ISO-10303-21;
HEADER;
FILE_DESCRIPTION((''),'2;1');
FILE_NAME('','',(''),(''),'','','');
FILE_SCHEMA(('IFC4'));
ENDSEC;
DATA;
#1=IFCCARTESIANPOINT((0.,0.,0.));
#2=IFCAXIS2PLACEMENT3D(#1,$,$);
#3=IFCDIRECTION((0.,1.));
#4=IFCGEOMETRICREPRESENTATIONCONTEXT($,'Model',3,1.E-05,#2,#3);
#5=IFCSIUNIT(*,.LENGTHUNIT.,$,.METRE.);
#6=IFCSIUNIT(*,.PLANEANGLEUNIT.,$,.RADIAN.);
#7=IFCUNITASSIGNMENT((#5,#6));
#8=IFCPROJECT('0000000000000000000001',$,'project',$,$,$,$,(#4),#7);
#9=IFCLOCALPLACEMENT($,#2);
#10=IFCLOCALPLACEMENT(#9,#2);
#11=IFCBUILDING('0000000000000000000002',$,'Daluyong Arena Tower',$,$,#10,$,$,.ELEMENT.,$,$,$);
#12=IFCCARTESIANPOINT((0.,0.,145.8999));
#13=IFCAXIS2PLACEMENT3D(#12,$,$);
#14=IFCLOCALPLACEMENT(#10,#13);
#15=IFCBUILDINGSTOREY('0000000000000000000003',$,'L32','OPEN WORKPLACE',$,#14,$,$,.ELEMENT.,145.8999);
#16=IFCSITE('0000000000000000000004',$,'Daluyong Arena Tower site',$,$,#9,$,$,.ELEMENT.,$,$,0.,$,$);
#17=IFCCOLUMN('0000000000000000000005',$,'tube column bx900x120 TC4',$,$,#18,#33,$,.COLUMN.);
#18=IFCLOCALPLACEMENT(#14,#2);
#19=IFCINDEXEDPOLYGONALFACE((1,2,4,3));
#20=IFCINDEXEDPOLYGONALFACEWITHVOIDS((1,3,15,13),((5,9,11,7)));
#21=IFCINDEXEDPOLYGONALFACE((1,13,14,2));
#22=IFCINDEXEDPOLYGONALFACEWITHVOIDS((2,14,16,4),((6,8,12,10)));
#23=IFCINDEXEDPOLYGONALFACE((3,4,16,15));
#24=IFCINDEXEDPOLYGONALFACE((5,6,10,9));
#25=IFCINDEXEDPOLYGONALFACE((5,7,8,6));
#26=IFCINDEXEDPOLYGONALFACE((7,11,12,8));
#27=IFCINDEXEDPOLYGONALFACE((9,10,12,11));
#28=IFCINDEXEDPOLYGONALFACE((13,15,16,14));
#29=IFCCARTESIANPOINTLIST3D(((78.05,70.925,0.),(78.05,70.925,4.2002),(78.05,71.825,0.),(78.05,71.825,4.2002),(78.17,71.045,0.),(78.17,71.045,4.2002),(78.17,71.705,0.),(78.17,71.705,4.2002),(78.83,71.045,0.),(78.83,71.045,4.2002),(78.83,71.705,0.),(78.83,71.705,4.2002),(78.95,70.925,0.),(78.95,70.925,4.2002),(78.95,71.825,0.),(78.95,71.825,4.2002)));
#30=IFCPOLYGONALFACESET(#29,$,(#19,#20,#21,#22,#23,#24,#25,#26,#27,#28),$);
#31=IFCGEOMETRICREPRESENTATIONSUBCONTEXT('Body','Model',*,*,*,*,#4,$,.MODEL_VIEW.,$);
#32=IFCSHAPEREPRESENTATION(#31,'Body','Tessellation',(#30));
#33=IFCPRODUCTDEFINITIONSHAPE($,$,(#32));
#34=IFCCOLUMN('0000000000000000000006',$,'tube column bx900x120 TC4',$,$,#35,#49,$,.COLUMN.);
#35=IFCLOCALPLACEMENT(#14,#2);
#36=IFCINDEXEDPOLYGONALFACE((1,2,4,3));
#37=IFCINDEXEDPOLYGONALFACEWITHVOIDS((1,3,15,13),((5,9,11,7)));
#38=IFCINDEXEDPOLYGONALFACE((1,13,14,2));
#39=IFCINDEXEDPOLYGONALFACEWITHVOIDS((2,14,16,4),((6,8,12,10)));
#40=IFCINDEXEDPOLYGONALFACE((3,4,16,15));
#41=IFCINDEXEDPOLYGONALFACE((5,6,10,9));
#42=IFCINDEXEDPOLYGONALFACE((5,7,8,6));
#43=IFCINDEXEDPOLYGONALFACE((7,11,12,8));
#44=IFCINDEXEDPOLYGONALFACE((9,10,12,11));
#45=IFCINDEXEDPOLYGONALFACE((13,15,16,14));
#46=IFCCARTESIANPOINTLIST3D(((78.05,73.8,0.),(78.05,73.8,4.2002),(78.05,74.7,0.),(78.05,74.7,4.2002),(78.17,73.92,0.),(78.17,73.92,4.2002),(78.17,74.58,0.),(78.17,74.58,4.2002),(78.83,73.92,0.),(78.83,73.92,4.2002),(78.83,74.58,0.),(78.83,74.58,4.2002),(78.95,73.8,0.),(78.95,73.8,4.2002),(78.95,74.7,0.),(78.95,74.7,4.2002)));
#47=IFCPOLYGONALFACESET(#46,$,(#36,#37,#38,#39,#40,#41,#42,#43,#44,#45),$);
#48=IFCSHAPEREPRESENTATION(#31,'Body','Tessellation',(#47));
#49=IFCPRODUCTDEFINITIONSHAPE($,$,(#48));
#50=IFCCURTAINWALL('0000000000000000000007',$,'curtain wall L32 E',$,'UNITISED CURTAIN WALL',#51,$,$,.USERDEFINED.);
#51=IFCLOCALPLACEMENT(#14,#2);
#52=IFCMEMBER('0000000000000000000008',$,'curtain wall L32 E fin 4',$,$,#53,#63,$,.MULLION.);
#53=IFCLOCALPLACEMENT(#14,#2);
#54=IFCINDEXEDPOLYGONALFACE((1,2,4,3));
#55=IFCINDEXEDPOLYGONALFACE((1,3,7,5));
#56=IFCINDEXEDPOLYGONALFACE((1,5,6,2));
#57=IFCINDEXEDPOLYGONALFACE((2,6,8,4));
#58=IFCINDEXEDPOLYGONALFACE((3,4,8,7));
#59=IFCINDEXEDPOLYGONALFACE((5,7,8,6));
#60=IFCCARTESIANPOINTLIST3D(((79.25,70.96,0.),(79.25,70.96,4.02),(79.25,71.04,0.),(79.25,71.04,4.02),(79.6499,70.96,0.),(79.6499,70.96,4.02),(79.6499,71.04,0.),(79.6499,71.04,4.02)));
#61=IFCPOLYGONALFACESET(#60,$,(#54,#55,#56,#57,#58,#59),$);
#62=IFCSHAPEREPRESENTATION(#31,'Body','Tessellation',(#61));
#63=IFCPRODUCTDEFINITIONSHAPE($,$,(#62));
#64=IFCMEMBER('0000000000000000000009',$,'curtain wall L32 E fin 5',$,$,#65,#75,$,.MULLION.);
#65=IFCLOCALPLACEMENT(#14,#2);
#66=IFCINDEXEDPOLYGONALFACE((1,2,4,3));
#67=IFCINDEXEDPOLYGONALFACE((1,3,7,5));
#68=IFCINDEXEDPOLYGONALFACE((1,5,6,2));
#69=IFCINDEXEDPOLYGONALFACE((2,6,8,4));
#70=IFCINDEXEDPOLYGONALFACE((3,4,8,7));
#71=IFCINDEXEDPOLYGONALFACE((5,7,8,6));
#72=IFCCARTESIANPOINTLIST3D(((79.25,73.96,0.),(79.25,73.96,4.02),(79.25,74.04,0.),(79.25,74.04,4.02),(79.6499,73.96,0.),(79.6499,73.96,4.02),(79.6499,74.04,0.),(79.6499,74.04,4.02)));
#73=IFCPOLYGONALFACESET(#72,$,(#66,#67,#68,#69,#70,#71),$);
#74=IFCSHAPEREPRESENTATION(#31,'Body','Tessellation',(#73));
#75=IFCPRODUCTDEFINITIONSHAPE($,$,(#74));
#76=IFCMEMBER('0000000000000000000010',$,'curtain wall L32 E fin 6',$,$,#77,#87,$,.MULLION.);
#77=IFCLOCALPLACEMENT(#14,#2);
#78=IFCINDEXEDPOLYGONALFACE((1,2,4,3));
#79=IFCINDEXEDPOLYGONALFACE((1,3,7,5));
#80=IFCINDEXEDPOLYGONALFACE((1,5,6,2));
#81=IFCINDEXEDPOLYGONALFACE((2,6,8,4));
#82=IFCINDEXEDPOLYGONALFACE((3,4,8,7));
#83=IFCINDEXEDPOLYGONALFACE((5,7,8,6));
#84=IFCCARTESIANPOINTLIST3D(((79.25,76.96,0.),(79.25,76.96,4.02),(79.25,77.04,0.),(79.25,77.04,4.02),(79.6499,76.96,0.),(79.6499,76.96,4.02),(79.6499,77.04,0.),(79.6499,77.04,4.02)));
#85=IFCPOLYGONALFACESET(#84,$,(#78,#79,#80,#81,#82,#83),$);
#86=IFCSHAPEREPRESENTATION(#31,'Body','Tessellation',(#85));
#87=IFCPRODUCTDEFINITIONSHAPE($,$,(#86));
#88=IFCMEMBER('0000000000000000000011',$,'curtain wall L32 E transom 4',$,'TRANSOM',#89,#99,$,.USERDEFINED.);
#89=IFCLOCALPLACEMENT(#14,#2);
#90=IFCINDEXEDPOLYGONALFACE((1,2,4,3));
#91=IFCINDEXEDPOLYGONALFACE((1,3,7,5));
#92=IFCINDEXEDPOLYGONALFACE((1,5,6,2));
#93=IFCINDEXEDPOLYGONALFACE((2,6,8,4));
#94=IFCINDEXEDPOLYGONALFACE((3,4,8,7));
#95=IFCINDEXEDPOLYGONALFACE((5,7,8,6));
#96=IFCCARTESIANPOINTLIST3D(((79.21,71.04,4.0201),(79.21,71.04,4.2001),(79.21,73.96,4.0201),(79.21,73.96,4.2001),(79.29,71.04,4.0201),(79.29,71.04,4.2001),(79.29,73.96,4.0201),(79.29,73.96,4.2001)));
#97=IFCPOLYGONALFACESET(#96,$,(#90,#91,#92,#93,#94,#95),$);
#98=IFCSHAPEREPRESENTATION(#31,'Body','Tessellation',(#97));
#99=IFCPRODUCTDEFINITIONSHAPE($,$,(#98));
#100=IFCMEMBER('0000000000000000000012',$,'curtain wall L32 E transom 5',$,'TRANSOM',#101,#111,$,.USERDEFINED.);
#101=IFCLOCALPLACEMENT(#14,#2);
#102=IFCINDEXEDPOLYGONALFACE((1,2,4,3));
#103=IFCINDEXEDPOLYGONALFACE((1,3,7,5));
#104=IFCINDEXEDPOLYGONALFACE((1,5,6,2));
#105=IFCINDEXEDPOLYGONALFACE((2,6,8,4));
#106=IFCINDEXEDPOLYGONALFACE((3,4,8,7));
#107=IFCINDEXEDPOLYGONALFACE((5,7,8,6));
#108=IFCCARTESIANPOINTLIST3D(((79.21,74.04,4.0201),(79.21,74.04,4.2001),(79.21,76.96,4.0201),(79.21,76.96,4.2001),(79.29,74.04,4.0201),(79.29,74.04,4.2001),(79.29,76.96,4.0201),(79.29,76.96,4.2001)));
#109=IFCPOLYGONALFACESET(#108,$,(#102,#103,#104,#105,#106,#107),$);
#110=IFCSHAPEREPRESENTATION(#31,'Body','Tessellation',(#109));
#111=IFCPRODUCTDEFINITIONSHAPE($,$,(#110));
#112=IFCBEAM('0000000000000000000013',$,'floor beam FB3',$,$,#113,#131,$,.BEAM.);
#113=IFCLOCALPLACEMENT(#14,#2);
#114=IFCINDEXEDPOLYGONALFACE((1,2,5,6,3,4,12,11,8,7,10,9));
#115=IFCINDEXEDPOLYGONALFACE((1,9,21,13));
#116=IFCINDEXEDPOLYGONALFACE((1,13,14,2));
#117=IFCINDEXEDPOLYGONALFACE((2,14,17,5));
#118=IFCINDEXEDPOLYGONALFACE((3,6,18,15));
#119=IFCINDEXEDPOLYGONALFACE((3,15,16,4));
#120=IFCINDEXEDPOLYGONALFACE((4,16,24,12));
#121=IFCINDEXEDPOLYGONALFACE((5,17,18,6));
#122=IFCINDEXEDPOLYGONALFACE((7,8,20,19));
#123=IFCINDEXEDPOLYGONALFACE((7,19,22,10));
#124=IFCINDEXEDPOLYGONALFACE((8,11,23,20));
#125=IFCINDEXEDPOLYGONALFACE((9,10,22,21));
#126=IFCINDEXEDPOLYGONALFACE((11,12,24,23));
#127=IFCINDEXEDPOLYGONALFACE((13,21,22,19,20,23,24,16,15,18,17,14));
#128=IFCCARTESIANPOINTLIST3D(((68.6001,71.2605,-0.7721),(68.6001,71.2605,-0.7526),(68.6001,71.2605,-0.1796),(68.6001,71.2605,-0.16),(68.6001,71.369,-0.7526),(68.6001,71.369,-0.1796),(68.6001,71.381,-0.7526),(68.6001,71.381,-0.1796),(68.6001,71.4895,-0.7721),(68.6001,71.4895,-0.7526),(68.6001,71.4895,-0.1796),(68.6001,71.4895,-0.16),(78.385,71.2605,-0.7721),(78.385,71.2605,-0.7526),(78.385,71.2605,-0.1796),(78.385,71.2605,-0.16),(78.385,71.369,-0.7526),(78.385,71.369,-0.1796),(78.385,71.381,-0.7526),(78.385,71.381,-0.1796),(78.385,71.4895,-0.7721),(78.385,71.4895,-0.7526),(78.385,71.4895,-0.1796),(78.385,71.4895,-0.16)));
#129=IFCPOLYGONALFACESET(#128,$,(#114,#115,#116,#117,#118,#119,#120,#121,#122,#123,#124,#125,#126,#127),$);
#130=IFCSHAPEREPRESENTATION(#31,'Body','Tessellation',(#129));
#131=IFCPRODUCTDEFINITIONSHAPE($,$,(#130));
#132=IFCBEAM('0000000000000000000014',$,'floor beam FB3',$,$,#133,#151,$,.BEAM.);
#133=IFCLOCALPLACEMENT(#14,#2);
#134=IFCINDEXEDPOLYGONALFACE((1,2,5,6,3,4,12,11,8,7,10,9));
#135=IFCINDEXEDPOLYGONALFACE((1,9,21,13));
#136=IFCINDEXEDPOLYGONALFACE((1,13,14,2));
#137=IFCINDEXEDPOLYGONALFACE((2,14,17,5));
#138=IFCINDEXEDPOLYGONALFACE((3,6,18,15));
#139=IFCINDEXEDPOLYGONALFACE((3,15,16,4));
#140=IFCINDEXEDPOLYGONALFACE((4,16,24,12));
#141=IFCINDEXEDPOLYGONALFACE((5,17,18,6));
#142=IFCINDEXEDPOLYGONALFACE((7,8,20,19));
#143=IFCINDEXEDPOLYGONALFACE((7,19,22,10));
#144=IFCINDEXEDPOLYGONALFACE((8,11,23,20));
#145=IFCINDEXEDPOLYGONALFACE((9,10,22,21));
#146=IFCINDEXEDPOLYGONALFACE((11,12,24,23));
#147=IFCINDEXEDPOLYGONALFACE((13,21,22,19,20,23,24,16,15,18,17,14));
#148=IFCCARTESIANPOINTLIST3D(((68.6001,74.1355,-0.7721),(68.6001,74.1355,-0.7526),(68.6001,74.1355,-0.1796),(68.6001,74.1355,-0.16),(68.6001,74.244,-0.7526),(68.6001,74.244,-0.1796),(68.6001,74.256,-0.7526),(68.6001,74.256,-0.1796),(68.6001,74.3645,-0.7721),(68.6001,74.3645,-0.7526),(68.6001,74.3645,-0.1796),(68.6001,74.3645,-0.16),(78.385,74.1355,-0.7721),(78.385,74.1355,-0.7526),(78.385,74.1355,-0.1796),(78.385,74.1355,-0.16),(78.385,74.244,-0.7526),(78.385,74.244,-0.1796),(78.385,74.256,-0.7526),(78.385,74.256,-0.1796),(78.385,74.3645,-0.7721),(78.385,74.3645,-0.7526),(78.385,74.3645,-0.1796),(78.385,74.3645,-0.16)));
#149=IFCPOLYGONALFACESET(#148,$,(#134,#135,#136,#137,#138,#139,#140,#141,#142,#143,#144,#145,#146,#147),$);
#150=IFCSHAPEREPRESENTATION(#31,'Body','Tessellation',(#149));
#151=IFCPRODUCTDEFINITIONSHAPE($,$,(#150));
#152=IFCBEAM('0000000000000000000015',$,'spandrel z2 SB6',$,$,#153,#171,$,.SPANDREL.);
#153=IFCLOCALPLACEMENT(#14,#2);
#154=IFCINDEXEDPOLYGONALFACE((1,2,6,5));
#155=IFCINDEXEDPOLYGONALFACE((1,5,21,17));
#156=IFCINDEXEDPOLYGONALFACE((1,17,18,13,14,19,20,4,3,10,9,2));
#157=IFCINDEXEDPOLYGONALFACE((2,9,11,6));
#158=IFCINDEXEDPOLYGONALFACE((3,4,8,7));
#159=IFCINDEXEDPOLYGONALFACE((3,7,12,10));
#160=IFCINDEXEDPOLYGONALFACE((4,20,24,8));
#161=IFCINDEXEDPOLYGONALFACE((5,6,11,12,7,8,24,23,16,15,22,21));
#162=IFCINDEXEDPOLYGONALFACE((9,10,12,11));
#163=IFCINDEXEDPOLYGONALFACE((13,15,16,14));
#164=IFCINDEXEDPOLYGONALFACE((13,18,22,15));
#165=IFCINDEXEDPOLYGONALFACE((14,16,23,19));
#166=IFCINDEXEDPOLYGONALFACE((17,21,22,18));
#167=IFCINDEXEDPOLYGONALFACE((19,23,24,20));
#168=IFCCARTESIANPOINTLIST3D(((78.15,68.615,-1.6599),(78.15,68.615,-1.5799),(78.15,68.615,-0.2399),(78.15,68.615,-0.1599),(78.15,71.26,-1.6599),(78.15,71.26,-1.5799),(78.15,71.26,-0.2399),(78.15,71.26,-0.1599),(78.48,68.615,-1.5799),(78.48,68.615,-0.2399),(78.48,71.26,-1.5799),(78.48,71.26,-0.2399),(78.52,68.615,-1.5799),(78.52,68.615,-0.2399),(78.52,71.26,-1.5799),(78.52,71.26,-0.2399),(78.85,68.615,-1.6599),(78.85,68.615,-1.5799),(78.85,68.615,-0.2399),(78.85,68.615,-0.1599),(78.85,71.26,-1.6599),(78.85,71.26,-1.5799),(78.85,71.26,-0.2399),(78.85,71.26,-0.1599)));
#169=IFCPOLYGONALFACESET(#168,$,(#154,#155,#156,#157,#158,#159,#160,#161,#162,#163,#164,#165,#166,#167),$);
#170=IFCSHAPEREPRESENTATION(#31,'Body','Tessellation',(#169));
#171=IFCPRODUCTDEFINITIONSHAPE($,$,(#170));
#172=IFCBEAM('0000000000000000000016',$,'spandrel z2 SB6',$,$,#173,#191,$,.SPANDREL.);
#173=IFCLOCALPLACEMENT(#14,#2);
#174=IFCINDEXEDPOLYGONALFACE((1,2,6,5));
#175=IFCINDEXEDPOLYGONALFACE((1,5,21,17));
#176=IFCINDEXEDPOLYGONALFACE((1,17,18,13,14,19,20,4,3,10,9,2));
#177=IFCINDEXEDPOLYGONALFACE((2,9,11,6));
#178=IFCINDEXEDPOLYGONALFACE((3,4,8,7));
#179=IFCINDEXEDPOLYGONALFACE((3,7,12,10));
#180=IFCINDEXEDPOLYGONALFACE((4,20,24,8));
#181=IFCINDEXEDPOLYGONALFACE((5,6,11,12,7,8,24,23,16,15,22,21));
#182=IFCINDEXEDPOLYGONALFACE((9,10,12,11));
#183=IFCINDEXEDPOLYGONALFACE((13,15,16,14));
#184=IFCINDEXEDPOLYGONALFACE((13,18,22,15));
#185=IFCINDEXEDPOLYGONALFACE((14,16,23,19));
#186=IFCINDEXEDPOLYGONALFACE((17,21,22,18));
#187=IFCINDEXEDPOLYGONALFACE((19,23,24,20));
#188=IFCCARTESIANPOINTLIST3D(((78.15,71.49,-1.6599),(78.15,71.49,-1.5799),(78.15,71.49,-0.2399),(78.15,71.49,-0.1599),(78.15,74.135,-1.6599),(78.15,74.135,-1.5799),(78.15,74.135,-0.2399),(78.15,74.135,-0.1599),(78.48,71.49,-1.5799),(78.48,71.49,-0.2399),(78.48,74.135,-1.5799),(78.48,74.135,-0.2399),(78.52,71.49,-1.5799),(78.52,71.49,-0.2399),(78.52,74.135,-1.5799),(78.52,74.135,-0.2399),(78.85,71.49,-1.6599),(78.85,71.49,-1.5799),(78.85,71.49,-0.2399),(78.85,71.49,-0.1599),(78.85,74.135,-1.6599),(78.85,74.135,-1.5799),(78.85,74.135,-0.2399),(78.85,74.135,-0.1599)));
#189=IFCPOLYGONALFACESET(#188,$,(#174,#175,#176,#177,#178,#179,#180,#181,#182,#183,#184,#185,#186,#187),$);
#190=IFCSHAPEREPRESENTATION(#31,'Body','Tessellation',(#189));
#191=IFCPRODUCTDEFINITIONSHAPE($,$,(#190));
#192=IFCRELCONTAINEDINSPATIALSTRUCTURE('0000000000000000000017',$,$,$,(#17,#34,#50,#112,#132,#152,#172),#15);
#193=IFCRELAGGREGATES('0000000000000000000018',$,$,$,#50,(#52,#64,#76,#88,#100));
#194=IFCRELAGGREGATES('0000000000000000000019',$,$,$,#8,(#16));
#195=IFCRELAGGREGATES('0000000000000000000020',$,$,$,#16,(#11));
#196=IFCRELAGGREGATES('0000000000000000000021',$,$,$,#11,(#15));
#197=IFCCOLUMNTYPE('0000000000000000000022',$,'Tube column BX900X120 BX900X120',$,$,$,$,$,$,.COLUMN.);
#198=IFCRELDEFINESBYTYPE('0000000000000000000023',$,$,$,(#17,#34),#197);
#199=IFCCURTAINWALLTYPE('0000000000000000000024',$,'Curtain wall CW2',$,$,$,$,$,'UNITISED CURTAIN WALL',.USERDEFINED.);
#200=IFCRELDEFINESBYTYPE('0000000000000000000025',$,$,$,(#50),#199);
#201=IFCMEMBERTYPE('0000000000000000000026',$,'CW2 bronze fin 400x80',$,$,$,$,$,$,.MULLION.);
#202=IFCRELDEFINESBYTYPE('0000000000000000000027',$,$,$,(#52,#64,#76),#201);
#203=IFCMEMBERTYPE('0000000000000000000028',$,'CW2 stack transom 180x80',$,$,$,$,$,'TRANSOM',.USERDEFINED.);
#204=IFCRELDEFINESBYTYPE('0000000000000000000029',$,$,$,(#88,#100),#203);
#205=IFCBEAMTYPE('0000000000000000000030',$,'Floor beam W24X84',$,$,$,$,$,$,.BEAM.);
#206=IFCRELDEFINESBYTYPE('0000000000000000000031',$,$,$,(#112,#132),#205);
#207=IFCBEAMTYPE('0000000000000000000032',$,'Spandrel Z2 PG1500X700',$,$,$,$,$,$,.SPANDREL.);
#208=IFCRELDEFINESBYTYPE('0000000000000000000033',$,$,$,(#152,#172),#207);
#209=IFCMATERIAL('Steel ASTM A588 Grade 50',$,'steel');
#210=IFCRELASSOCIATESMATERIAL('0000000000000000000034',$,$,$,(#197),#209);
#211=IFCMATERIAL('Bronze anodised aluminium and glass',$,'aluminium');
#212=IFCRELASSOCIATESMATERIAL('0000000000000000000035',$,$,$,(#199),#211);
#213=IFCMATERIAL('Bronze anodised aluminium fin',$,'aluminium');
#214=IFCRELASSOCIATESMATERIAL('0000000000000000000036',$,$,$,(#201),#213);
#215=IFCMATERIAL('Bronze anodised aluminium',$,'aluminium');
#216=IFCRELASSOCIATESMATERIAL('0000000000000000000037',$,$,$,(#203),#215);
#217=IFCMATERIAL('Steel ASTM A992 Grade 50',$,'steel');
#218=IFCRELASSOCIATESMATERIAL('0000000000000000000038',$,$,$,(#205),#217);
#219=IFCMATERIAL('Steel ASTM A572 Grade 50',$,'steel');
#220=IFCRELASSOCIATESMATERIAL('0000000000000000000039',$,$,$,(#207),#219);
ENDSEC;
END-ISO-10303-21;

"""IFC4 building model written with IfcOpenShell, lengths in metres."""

from ifc_helpers import new_model, si_unit, direction, frame, origin, origin_2d, place, context, subcontext, project, spatial, rectangle, hollow_rectangle, i_section, extrude, material, material_profile, profile_set, type_object, element, aggregate, save


model = new_model("IFC4")

# Units and contexts
model_context = context("Model", 3, precision=1e-05, world=origin(), true_north=direction((0.0, 1.0)))
body_context = subcontext(model_context, "Body", "Model", "MODEL_VIEW")
ifc_project = project(units=[si_unit("LENGTHUNIT", "METRE"), si_unit("PLANEANGLEUNIT", "RADIAN")], contexts=[model_context])

# Site, building, storey
site_placement = place(None, origin())
site = spatial("IfcSite", under=ifc_project, at=site_placement, Name="Daluyong Arena Tower site", CompositionType="ELEMENT", RefElevation=0.0)
building_placement = place(site_placement, origin())
building = spatial("IfcBuilding", under=site, at=building_placement, Name="Daluyong Arena Tower", CompositionType="ELEMENT")
storey_placement = place(building_placement, frame((0.0, 0.0, 145.8999)))
storey = spatial("IfcBuildingStorey", under=building, at=storey_placement, Name="L32", Description="OPEN WORKPLACE", CompositionType="ELEMENT", Elevation=145.8999)

# Columns
ifc_material_1 = material(Name="Steel ASTM A588 Grade 50", Category="steel")
ifc_material_profile_1 = material_profile(ifc_material_1, hollow_rectangle(XDim=0.8999, YDim=0.8999, WallThickness=0.12, at=origin_2d()))
ifc_profile_set_1 = profile_set([ifc_material_profile_1], Name="Steel ASTM A588 Grade 50")
column_type = type_object("IfcColumnType", Name="Tube column BX900X120 BX900X120", PredefinedType="COLUMN", material=ifc_profile_set_1)
for number, where, z_axis, x_axis, name in (
    (1, (78.5, 71.375, 0.0), (0.0, 0.0, 1.0), (0.0, 1.0, 0.0), "tube column bx900x120 TC4"),
    (2, (78.5, 74.25, 0.0), (0.0, 0.0, 1.0), (0.0, 1.0, 0.0), "tube column bx900x120 TC4"),
):
    element("IfcColumn", number, at=place(storey_placement, frame(where, z_axis=z_axis, x_axis=x_axis)), inside=storey, type_object=column_type, Name=name, PredefinedType="COLUMN", context=body_context, shape_type="SweptSolid", body=[
        extrude(hollow_rectangle(XDim=0.8999, YDim=0.8999, WallThickness=0.12, at=origin_2d()), origin(), (0.0, 0.0, 1.0), 4.2002),
    ])

# Curtain wall, members
ifc_material_2 = material(Name="Bronze anodised aluminium and glass", Category="aluminium")
curtain_wall_type = type_object("IfcCurtainWallType", Name="Curtain wall CW2", ElementType="UNITISED CURTAIN WALL", PredefinedType="USERDEFINED", material=ifc_material_2)
curtain_wall_placement = place(storey_placement, origin())
curtain_wall = element("IfcCurtainWall", 3, at=curtain_wall_placement, inside=storey, type_object=curtain_wall_type, Name="curtain wall L32 E", ObjectType="UNITISED CURTAIN WALL", PredefinedType="USERDEFINED")
ifc_material_3 = material(Name="Bronze anodised aluminium fin", Category="aluminium")
ifc_material_profile_2 = material_profile(ifc_material_3, rectangle(XDim=0.3999, YDim=0.0801, at=origin_2d()))
ifc_profile_set_2 = profile_set([ifc_material_profile_2], Name="Bronze anodised aluminium fin")
member_type_1 = type_object("IfcMemberType", Name="CW2 bronze fin 400x80", PredefinedType="MULLION", material=ifc_profile_set_2)
member_1_placement = place(storey_placement, frame((79.45, 71.0, 0.0), z_axis=(0.0, 0.0, 1.0), x_axis=(-1.0, 0.0, 0.0)))
member_1 = element("IfcMember", 4, at=member_1_placement, type_object=member_type_1, Name="curtain wall L32 E fin 4", PredefinedType="MULLION", context=body_context, shape_type="SweptSolid", body=[
    extrude(rectangle(XDim=0.3999, YDim=0.0801, at=origin_2d()), origin(), (0.0, 0.0, 1.0), 4.02),
])
member_2_placement = place(storey_placement, frame((79.45, 74.0, 0.0), z_axis=(0.0, 0.0, 1.0), x_axis=(-1.0, 0.0, 0.0)))
member_2 = element("IfcMember", 5, at=member_2_placement, type_object=member_type_1, Name="curtain wall L32 E fin 5", PredefinedType="MULLION", context=body_context, shape_type="SweptSolid", body=[
    extrude(rectangle(XDim=0.3999, YDim=0.0801, at=origin_2d()), origin(), (0.0, 0.0, 1.0), 4.02),
])
member_3_placement = place(storey_placement, frame((79.45, 77.0, 0.0), z_axis=(0.0, 0.0, 1.0), x_axis=(-1.0, 0.0, 0.0)))
member_3 = element("IfcMember", 6, at=member_3_placement, type_object=member_type_1, Name="curtain wall L32 E fin 6", PredefinedType="MULLION", context=body_context, shape_type="SweptSolid", body=[
    extrude(rectangle(XDim=0.3999, YDim=0.0801, at=origin_2d()), origin(), (0.0, 0.0, 1.0), 4.02),
])
ifc_material_4 = material(Name="Bronze anodised aluminium", Category="aluminium")
ifc_material_profile_3 = material_profile(ifc_material_4, rectangle(XDim=0.0801, YDim=0.1799, at=origin_2d()))
ifc_profile_set_3 = profile_set([ifc_material_profile_3], Name="Bronze anodised aluminium")
member_type_2 = type_object("IfcMemberType", Name="CW2 stack transom 180x80", ElementType="TRANSOM", PredefinedType="USERDEFINED", material=ifc_profile_set_3)
member_4_placement = place(storey_placement, frame((79.25, 71.04, 4.1101), z_axis=(0.0, 1.0, 0.0), x_axis=(-1.0, 0.0, 0.0)))
member_4 = element("IfcMember", 7, at=member_4_placement, type_object=member_type_2, Name="curtain wall L32 E transom 4", ObjectType="TRANSOM", PredefinedType="USERDEFINED", context=body_context, shape_type="SweptSolid", body=[
    extrude(rectangle(XDim=0.0801, YDim=0.1799, at=origin_2d()), origin(), (0.0, 0.0, 1.0), 2.9199),
])
member_5_placement = place(storey_placement, frame((79.25, 74.04, 4.1101), z_axis=(0.0, 1.0, 0.0), x_axis=(-1.0, 0.0, 0.0)))
member_5 = element("IfcMember", 8, at=member_5_placement, type_object=member_type_2, Name="curtain wall L32 E transom 5", ObjectType="TRANSOM", PredefinedType="USERDEFINED", context=body_context, shape_type="SweptSolid", body=[
    extrude(rectangle(XDim=0.0801, YDim=0.1799, at=origin_2d()), origin(), (0.0, 0.0, 1.0), 2.9199),
])

# Beams
ifc_material_5 = material(Name="Steel ASTM A992 Grade 50", Category="steel")
ifc_material_profile_4 = material_profile(ifc_material_5, i_section(OverallWidth=0.229, OverallDepth=0.6121, WebThickness=0.012, FlangeThickness=0.0195, at=origin_2d()))
ifc_profile_set_4 = profile_set([ifc_material_profile_4], Name="Steel ASTM A992 Grade 50")
beam_type_1 = type_object("IfcBeamType", Name="Floor beam W24X84", PredefinedType="BEAM", material=ifc_profile_set_4)
for number, where, z_axis, x_axis, name in (
    (9, (78.385, 71.375, -0.4661), (-1.0, 0.0, 0.0), (0.0, -1.0, 0.0), "floor beam FB3"),
    (10, (78.385, 74.25, -0.4661), (-1.0, 0.0, 0.0), (0.0, -1.0, 0.0), "floor beam FB3"),
):
    element("IfcBeam", number, at=place(storey_placement, frame(where, z_axis=z_axis, x_axis=x_axis)), inside=storey, type_object=beam_type_1, Name=name, PredefinedType="BEAM", context=body_context, shape_type="SweptSolid", body=[
        extrude(i_section(OverallWidth=0.229, OverallDepth=0.6121, WebThickness=0.012, FlangeThickness=0.0195, at=origin_2d()), origin(), (0.0, 0.0, 1.0), 9.7849),
    ])
ifc_material_6 = material(Name="Steel ASTM A572 Grade 50", Category="steel")
ifc_material_profile_5 = material_profile(ifc_material_6, i_section(OverallWidth=0.7, OverallDepth=1.5, WebThickness=0.04, FlangeThickness=0.08, at=origin_2d()))
ifc_profile_set_5 = profile_set([ifc_material_profile_5], Name="Steel ASTM A572 Grade 50")
beam_type_2 = type_object("IfcBeamType", Name="Spandrel Z2 PG1500X700", PredefinedType="SPANDREL", material=ifc_profile_set_5)
for number, where, z_axis, x_axis, name in (
    (11, (78.5, 68.615, -0.9099), (0.0, 1.0, 0.0), (-1.0, 0.0, 0.0), "spandrel z2 SB6"),
    (12, (78.5, 71.49, -0.9099), (0.0, 1.0, 0.0), (-1.0, 0.0, 0.0), "spandrel z2 SB6"),
):
    element("IfcBeam", number, at=place(storey_placement, frame(where, z_axis=z_axis, x_axis=x_axis)), inside=storey, type_object=beam_type_2, Name=name, PredefinedType="SPANDREL", context=body_context, shape_type="SweptSolid", body=[
        extrude(i_section(OverallWidth=0.7, OverallDepth=1.5, WebThickness=0.04, FlangeThickness=0.08, at=origin_2d()), origin(), (0.0, 0.0, 1.0), 2.645),
    ])

aggregate(curtain_wall, [member_1, member_2, member_3, member_4, member_5])

save(model, "model.ifc")
